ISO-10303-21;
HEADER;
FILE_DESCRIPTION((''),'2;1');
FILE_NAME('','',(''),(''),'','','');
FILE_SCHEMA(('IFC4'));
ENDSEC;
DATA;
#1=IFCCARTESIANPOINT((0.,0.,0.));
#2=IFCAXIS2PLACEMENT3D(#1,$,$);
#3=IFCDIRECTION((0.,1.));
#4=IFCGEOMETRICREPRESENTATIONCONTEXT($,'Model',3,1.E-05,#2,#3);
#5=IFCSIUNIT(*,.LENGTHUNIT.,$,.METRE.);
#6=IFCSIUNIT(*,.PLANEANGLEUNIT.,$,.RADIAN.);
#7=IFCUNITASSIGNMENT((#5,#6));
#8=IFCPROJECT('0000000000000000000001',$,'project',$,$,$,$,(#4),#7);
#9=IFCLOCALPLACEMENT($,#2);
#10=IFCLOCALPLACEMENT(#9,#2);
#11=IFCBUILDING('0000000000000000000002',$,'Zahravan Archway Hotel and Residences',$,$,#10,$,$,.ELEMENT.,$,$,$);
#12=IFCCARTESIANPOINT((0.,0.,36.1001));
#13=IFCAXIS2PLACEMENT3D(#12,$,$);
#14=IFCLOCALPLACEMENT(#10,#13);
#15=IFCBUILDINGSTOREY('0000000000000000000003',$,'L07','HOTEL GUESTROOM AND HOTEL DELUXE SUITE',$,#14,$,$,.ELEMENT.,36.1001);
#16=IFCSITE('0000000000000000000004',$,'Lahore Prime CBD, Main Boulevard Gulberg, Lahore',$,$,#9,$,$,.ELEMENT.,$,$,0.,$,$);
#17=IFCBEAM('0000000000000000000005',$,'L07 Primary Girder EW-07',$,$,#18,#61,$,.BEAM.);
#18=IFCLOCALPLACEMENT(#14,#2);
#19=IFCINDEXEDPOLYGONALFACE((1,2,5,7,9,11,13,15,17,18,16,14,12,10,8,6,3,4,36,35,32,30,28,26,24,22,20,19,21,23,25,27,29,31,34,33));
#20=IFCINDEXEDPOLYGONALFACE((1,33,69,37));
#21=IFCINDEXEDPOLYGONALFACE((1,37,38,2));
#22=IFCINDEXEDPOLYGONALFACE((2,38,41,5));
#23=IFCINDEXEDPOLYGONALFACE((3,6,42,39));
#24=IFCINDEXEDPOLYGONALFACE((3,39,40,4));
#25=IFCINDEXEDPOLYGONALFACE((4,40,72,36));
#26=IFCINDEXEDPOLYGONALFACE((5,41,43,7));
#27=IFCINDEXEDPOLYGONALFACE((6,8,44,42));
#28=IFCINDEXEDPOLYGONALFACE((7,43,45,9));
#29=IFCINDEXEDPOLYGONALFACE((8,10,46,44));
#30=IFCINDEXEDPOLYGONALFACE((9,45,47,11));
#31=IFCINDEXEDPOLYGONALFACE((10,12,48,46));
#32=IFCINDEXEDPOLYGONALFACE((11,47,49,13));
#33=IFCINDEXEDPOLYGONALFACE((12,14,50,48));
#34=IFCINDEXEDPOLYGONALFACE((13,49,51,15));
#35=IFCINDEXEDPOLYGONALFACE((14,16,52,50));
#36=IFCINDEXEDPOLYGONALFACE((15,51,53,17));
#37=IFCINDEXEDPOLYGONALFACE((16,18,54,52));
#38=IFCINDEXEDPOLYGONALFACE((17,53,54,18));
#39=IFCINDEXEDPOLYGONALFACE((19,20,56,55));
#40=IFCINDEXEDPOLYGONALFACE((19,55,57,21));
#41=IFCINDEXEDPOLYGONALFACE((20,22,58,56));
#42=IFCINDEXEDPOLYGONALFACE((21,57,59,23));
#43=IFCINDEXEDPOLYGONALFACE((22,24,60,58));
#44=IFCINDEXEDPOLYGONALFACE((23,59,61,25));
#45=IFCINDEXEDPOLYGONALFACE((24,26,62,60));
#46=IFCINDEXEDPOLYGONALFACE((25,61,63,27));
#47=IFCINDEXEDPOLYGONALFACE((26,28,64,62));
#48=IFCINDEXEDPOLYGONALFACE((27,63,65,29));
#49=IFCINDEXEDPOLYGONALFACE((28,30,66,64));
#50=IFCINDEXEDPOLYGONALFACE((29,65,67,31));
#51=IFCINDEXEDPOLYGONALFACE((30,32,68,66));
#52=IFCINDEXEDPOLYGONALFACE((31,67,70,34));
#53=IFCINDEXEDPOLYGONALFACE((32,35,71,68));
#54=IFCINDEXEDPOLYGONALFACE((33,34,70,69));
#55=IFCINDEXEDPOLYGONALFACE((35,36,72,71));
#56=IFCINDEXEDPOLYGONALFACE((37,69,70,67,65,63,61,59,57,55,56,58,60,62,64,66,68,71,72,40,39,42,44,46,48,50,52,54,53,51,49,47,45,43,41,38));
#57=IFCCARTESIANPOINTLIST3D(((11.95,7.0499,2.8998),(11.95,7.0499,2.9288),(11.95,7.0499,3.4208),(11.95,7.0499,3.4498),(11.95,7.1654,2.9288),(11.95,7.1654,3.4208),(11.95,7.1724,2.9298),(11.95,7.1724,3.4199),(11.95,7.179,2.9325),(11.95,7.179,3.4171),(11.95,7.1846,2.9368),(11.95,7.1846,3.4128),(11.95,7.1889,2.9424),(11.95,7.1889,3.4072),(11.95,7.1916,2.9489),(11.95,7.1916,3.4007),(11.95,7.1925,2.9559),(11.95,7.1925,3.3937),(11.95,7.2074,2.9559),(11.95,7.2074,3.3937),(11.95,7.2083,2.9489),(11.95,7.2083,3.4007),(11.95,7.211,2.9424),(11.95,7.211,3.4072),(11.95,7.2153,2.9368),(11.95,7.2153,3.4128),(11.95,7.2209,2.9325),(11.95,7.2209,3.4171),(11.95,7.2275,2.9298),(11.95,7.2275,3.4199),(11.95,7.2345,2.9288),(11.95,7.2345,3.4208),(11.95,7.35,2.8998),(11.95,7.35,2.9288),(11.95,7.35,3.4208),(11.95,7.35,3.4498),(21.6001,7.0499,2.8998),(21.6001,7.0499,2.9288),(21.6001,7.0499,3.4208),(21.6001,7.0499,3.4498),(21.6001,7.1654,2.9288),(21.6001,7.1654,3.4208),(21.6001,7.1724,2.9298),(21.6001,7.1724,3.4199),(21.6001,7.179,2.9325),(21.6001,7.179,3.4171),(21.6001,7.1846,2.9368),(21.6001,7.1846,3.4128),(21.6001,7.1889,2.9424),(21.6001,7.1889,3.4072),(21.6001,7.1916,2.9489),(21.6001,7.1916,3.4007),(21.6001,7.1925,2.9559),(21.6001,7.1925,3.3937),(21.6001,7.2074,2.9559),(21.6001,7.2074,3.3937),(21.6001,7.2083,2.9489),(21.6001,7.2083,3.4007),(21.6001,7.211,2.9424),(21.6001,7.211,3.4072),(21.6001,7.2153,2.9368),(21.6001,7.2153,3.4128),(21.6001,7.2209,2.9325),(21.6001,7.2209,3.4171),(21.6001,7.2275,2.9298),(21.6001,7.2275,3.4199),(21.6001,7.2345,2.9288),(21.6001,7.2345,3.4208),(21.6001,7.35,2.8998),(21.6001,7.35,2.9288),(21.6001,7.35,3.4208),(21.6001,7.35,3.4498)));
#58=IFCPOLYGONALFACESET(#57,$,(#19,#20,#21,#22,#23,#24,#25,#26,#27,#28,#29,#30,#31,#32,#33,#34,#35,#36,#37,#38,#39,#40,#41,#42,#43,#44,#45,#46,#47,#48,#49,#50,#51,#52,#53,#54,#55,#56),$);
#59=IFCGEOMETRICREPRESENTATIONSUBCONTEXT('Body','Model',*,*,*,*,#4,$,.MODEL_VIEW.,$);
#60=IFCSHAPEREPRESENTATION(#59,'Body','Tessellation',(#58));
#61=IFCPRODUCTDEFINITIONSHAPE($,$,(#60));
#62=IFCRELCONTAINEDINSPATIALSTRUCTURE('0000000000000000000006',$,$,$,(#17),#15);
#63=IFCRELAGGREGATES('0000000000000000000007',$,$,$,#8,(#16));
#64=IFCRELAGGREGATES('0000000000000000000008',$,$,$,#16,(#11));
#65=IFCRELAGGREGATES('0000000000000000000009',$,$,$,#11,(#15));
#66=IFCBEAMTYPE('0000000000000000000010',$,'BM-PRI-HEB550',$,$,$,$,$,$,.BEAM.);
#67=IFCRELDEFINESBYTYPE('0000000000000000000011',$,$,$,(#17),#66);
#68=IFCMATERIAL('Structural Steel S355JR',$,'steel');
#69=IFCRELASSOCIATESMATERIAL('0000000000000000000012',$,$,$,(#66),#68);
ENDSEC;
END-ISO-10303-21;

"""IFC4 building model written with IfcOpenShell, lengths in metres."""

from ifc_helpers import new_model, si_unit, direction, frame, origin, origin_2d, place, context, subcontext, project, spatial, i_section, extrude, source, transform, mapped, material, material_profile, profile_set, type_object, element, save


model = new_model("IFC4")

# Units and contexts
model_context = context("Model", 3, precision=1e-05, world=origin(), true_north=direction((0.0, 1.0)))
body_context = subcontext(model_context, "Body", "Model", "MODEL_VIEW")
ifc_project = project(units=[si_unit("LENGTHUNIT", "METRE"), si_unit("PLANEANGLEUNIT", "RADIAN")], contexts=[model_context])

# Site, building, storey
site_placement = place(None, origin())
site = spatial("IfcSite", under=ifc_project, at=site_placement, Name="Lahore Prime CBD, Main Boulevard Gulberg, Lahore", CompositionType="ELEMENT", RefElevation=0.0)
building_placement = place(site_placement, origin())
building = spatial("IfcBuilding", under=site, at=building_placement, Name="Zahravan Archway Hotel and Residences", CompositionType="ELEMENT")
storey_placement = place(building_placement, frame((0.0, 0.0, 36.1001)))
storey = spatial("IfcBuildingStorey", under=building, at=storey_placement, Name="L07", Description="HOTEL GUESTROOM AND HOTEL DELUXE SUITE", CompositionType="ELEMENT", Elevation=36.1001)

# Beam
ifc_material_1 = material(Name="Structural Steel S355JR", Category="steel")
ifc_material_profile_1 = material_profile(ifc_material_1, i_section(OverallWidth=0.3, OverallDepth=0.55, WebThickness=0.0149, FlangeThickness=0.0291, FilletRadius=0.0271, at=origin_2d()), Name="HEB 550", Category="steel")
ifc_profile_set_1 = profile_set([ifc_material_profile_1], Name="Structural Steel S355JR")
beam_type_1 = type_object("IfcBeamType", Name="BM-PRI-HEB550", PredefinedType="BEAM", material=ifc_profile_set_1)
shared_shape_1 = source(origin(), body_context, "Body", "SweptSolid", [
    extrude(i_section(OverallWidth=0.3, OverallDepth=0.55, WebThickness=0.0149, FlangeThickness=0.0291, FilletRadius=0.0271, at=origin_2d()), origin(), (0.0, 0.0, 1.0), 9.6501),
])
beam_1_placement = place(storey_placement, frame((11.95, 7.2, 3.1748), z_axis=(1.0, 0.0, 0.0), x_axis=(0.0, 1.0, 0.0)))
element("IfcBeam", 1, at=beam_1_placement, inside=storey, type_object=beam_type_1, Name="L07 Primary Girder EW-07", PredefinedType="BEAM", context=body_context, shape_type="MappedRepresentation", body=[
    mapped(shared_shape_1, transform((0.0, 0.0, 0.0), scale=1.0)),
])

save(model, "model.ifc")
